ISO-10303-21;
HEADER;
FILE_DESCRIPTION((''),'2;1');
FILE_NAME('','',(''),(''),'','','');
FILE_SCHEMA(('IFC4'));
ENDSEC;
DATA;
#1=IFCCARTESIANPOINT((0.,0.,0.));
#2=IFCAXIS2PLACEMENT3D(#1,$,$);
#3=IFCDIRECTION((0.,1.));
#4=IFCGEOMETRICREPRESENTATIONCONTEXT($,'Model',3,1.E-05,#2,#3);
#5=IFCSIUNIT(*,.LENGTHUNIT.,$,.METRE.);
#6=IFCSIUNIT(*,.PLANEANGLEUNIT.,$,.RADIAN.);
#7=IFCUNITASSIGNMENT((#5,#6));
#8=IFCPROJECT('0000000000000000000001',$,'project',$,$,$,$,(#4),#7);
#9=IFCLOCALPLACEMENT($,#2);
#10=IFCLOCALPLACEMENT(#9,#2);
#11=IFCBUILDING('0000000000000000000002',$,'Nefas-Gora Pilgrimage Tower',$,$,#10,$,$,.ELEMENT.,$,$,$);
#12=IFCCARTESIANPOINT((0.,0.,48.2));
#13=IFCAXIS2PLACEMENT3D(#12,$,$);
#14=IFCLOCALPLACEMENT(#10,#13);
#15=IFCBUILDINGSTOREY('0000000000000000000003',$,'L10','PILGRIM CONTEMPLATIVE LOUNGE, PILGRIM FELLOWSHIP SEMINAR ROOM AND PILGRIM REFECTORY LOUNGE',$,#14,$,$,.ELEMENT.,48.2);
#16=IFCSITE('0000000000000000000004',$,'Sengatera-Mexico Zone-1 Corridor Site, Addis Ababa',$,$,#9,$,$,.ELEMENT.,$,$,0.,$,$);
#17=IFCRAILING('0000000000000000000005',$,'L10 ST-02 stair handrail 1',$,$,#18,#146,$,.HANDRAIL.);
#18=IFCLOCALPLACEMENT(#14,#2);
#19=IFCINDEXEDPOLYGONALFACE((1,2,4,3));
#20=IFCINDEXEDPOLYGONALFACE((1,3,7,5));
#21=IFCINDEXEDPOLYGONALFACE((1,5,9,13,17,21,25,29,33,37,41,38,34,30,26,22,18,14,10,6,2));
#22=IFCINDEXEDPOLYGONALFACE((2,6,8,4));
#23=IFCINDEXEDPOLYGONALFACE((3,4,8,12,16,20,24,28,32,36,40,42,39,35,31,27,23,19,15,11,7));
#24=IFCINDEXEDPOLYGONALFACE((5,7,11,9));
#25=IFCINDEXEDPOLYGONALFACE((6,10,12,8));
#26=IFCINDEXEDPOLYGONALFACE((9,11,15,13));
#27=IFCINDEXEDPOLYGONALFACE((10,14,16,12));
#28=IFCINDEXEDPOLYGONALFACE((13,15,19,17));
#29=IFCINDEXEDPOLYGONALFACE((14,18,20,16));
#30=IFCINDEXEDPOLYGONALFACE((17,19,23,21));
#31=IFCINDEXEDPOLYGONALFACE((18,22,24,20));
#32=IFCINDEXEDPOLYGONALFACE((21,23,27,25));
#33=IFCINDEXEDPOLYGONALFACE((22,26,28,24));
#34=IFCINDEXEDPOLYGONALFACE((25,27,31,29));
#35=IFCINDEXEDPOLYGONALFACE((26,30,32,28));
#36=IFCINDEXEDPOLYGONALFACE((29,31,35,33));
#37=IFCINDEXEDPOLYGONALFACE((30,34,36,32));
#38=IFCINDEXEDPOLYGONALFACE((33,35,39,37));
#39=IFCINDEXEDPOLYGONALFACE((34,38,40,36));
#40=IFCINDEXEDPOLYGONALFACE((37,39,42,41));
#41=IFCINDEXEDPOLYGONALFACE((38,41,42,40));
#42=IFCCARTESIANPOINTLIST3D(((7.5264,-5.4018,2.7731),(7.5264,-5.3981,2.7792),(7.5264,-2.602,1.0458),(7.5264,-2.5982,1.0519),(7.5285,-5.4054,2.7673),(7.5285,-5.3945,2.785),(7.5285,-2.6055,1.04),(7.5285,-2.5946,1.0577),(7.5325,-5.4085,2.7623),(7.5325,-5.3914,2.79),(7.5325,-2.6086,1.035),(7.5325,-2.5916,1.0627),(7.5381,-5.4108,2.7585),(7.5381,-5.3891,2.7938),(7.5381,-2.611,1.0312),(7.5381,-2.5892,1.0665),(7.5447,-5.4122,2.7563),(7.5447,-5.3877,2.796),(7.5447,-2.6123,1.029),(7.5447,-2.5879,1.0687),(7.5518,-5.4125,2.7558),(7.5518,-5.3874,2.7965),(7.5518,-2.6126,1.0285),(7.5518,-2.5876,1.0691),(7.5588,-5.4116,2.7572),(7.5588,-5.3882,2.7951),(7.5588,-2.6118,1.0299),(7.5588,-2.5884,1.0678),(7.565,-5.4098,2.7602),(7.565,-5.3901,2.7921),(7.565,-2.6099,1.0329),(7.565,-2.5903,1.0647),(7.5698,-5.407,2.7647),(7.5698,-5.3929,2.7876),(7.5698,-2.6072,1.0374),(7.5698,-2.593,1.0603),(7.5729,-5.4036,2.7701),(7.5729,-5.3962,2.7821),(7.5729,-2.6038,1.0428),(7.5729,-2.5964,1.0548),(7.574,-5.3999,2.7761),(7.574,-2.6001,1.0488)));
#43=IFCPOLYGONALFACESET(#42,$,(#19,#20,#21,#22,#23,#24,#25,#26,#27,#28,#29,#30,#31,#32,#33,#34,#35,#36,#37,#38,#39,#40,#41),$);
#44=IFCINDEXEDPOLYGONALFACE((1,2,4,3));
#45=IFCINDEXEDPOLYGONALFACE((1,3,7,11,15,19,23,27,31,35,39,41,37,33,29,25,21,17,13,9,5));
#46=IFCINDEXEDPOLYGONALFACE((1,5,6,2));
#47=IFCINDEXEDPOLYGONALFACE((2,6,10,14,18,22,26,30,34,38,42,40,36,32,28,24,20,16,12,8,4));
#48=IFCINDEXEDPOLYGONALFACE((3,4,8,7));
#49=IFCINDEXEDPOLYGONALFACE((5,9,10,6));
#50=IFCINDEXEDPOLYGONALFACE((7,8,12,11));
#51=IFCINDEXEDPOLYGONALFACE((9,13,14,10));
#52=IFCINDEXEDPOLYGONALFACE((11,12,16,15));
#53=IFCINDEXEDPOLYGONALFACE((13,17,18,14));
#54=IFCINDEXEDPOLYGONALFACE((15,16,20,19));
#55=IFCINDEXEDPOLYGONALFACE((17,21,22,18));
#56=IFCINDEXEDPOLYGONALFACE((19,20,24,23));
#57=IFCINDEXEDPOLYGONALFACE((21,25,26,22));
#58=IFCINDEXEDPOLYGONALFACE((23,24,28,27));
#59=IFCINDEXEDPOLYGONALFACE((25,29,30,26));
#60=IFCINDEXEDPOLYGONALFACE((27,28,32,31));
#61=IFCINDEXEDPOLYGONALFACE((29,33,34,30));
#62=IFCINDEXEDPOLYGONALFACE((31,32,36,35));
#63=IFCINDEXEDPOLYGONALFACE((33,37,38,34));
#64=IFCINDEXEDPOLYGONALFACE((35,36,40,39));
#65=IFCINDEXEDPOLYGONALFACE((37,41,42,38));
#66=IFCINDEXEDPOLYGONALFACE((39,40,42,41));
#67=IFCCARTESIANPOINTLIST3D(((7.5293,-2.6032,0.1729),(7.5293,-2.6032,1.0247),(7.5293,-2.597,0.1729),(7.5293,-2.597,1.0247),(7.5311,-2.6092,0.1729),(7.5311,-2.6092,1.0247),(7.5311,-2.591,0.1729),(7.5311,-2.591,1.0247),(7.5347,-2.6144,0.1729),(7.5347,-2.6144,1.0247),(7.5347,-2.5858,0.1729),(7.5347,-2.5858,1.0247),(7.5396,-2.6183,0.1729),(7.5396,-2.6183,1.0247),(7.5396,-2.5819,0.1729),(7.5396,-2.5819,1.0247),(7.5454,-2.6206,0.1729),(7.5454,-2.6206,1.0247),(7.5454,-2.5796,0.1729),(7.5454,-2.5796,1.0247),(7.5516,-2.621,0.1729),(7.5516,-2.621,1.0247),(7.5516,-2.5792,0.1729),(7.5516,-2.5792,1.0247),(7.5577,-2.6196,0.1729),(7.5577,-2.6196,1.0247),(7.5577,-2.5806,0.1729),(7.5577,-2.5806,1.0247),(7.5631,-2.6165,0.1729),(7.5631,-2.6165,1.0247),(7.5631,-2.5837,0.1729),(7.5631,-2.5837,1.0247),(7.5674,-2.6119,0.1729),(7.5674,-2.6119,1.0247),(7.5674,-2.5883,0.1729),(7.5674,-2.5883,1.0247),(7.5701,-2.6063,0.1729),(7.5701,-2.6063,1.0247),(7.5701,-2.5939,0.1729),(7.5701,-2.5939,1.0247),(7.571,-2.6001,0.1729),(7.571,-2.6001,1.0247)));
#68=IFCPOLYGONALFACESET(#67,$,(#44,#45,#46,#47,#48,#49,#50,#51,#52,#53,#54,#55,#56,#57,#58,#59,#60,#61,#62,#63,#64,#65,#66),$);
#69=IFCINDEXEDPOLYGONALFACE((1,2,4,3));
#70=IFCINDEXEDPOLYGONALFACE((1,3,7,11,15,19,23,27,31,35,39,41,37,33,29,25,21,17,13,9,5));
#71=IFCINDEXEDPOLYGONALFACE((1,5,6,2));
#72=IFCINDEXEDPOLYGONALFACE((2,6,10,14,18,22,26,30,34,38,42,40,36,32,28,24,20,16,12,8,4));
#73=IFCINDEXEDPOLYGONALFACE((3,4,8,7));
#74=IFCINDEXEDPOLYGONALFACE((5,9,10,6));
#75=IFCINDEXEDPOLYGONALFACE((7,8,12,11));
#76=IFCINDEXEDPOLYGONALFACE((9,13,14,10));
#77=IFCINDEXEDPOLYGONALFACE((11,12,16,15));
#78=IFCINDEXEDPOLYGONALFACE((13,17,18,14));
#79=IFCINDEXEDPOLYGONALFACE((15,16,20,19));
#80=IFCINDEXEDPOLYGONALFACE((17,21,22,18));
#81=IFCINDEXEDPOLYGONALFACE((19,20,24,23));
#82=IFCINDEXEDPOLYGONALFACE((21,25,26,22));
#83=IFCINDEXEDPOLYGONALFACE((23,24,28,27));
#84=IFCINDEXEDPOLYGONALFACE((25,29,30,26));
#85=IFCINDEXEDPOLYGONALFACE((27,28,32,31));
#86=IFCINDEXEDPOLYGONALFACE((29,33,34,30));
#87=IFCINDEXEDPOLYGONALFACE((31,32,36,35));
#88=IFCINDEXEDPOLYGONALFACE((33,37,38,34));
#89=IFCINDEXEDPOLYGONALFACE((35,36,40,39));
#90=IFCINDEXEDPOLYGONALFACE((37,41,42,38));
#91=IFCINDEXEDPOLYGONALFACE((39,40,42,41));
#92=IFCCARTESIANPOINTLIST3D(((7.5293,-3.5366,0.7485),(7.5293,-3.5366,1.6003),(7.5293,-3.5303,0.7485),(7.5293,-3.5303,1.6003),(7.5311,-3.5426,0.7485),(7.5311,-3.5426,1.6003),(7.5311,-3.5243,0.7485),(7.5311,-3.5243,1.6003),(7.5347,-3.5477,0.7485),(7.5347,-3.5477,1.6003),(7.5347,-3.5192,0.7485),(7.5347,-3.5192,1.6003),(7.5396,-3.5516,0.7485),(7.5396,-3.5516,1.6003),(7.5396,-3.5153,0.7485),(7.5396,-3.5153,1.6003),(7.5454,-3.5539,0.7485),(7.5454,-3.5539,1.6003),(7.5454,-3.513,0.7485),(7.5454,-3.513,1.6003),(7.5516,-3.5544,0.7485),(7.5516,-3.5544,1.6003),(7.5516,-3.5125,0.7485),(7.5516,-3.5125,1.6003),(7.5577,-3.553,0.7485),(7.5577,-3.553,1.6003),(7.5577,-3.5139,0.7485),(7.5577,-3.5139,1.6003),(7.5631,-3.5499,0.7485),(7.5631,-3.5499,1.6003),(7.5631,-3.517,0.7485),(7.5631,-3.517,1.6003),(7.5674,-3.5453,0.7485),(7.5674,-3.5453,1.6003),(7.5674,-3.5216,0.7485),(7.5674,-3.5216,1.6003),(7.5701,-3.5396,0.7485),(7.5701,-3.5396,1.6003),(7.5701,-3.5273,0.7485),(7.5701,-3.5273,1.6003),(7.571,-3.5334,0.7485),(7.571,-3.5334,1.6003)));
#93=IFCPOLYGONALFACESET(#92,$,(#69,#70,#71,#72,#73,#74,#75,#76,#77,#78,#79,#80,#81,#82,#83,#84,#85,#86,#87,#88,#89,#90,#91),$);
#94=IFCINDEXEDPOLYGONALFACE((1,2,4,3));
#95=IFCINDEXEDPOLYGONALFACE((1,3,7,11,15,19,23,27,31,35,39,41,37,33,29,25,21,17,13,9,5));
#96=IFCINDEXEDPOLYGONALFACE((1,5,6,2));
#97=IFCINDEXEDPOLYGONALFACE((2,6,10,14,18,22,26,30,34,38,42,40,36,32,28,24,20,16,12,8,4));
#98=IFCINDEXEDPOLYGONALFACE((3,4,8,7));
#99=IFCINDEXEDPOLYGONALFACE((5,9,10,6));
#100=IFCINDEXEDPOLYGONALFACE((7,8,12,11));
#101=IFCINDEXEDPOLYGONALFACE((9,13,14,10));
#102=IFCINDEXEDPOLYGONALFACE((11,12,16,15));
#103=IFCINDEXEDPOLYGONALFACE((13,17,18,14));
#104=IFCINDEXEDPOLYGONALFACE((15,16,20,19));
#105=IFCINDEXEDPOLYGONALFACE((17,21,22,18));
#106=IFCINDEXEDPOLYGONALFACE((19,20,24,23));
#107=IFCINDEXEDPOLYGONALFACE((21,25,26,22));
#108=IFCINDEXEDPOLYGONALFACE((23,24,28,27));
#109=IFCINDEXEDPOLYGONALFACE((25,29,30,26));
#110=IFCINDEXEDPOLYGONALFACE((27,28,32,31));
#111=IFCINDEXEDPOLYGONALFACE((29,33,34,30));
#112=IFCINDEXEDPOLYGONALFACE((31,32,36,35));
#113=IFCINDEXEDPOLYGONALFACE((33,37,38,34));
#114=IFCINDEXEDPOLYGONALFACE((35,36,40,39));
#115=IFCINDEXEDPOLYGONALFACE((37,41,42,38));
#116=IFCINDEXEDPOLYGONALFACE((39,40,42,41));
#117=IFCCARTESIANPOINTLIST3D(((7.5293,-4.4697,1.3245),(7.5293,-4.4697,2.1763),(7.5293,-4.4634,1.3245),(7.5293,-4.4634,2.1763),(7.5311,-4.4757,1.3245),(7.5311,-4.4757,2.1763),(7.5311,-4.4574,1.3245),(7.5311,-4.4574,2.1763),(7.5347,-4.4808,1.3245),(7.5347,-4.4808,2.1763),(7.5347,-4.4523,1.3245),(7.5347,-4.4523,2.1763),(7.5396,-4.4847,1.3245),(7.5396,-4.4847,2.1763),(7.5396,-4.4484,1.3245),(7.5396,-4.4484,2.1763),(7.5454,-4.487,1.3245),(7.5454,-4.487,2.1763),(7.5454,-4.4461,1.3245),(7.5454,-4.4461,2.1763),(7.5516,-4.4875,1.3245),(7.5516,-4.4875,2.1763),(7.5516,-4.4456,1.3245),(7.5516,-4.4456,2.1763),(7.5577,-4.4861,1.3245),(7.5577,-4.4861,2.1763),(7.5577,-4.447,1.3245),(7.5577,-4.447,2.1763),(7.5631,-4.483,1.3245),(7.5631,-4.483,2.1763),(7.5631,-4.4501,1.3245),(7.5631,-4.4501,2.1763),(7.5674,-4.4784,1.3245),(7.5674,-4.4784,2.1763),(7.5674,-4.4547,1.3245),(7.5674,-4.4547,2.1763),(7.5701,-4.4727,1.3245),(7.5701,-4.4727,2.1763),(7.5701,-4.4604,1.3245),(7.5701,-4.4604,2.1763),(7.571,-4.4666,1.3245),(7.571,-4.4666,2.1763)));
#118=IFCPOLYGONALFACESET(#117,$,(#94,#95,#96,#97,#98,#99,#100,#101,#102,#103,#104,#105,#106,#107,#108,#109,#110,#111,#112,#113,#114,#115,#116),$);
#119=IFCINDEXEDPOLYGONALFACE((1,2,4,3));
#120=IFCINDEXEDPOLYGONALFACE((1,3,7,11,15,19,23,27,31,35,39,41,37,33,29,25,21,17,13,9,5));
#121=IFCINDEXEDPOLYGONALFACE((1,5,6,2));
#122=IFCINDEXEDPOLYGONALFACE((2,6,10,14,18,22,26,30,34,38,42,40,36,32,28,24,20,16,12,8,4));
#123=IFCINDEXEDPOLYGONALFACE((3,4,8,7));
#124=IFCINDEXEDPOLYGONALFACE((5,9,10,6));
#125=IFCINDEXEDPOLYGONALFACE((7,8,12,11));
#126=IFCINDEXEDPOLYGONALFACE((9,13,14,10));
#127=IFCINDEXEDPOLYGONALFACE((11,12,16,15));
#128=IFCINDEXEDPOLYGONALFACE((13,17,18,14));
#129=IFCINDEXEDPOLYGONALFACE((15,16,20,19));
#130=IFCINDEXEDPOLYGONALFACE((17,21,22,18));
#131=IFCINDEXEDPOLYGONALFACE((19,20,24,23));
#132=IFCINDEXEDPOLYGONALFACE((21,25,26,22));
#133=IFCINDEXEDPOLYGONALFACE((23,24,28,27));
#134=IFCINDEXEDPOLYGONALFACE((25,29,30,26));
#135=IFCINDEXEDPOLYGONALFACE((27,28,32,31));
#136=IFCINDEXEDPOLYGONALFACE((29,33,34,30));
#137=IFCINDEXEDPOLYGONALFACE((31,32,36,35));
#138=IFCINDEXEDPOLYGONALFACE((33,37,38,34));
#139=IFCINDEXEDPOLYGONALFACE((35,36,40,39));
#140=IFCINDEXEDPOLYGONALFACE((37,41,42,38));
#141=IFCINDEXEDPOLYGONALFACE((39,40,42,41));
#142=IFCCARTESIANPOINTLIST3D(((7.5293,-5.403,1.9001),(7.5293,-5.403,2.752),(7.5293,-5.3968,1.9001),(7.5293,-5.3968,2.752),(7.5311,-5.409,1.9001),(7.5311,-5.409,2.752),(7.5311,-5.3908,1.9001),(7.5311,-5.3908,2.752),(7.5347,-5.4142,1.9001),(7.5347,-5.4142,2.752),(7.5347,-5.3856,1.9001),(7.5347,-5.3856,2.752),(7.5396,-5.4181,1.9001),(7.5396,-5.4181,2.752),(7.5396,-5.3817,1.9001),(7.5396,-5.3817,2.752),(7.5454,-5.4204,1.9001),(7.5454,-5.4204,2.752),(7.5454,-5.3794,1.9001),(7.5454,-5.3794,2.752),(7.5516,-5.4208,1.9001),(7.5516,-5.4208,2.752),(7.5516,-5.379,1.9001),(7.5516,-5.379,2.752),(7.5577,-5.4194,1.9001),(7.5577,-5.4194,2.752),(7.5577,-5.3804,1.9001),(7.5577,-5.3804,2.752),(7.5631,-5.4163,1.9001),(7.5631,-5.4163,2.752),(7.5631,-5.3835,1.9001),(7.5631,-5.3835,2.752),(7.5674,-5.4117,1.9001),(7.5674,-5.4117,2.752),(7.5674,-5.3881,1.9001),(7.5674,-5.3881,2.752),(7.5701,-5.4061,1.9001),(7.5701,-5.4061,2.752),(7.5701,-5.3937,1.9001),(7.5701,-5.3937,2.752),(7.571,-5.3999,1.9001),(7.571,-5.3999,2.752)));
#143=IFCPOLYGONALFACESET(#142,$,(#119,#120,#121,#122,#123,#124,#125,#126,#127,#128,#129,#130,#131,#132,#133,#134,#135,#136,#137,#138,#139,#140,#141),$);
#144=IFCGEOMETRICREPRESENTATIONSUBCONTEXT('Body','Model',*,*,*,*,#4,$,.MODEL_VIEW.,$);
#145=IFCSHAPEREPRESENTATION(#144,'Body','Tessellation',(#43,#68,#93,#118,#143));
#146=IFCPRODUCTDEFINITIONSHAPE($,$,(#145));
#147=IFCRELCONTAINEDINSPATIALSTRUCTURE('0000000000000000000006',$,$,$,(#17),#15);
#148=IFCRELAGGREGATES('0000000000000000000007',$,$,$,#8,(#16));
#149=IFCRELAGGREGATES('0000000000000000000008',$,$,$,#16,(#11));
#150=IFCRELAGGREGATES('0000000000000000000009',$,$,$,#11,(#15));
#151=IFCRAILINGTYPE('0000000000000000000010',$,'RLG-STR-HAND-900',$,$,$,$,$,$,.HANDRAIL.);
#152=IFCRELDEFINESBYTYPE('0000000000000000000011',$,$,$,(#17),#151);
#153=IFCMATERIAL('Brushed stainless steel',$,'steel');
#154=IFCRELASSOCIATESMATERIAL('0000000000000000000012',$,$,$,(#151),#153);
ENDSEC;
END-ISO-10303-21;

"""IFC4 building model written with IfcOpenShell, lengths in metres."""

from ifc_helpers import new_model, si_unit, direction, frame, origin, origin_2d, place, context, subcontext, project, spatial, circle, extrude, material, type_object, element, save


model = new_model("IFC4")

# Units and contexts
model_context = context("Model", 3, precision=1e-05, world=origin(), true_north=direction((0.0, 1.0)))
body_context = subcontext(model_context, "Body", "Model", "MODEL_VIEW")
ifc_project = project(units=[si_unit("LENGTHUNIT", "METRE"), si_unit("PLANEANGLEUNIT", "RADIAN")], contexts=[model_context])

# Site, building, storey
site_placement = place(None, origin())
site = spatial("IfcSite", under=ifc_project, at=site_placement, Name="Sengatera-Mexico Zone-1 Corridor Site, Addis Ababa", CompositionType="ELEMENT", RefElevation=0.0)
building_placement = place(site_placement, origin())
building = spatial("IfcBuilding", under=site, at=building_placement, Name="Nefas-Gora Pilgrimage Tower", CompositionType="ELEMENT")
storey_placement = place(building_placement, frame((0.0, 0.0, 48.2)))
storey = spatial("IfcBuildingStorey", under=building, at=storey_placement, Name="L10", Description="PILGRIM CONTEMPLATIVE LOUNGE, PILGRIM FELLOWSHIP SEMINAR ROOM AND PILGRIM REFECTORY LOUNGE", CompositionType="ELEMENT", Elevation=48.2)

# Railing
ifc_material_1 = material(Name="Brushed stainless steel", Category="steel")
railing_type_1 = type_object("IfcRailingType", Name="RLG-STR-HAND-900", PredefinedType="HANDRAIL", material=ifc_material_1)
railing_1_placement = place(storey_placement, frame((7.55, -2.6001, 0.1729)))
element("IfcRailing", 1, at=railing_1_placement, inside=storey, type_object=railing_type_1, Name="L10 ST-02 stair handrail 1", PredefinedType="HANDRAIL", context=body_context, shape_type="SweptSolid", body=[
    extrude(circle(Radius=0.0239, at=origin_2d()), frame((0.0, 0.0, 0.876), z_axis=(0.0, -0.851069, 0.525054), x_axis=(1.0, 0.0, 0.0)), (0.0, 0.0, 1.0), 3.2898),
    extrude(circle(Radius=0.021, at=origin_2d()), origin(), (0.0, 0.0, 1.0), 0.8518),
    extrude(circle(Radius=0.021, at=origin_2d()), frame((0.0, -0.9333, 0.5757)), (0.0, 0.0, 1.0), 0.8518),
    extrude(circle(Radius=0.021, at=origin_2d()), frame((0.0, -1.8665, 1.1516)), (0.0, 0.0, 1.0), 0.8518),
    extrude(circle(Radius=0.021, at=origin_2d()), frame((0.0, -2.7998, 1.7273)), (0.0, 0.0, 1.0), 0.8518),
])

save(model, "model.ifc")
